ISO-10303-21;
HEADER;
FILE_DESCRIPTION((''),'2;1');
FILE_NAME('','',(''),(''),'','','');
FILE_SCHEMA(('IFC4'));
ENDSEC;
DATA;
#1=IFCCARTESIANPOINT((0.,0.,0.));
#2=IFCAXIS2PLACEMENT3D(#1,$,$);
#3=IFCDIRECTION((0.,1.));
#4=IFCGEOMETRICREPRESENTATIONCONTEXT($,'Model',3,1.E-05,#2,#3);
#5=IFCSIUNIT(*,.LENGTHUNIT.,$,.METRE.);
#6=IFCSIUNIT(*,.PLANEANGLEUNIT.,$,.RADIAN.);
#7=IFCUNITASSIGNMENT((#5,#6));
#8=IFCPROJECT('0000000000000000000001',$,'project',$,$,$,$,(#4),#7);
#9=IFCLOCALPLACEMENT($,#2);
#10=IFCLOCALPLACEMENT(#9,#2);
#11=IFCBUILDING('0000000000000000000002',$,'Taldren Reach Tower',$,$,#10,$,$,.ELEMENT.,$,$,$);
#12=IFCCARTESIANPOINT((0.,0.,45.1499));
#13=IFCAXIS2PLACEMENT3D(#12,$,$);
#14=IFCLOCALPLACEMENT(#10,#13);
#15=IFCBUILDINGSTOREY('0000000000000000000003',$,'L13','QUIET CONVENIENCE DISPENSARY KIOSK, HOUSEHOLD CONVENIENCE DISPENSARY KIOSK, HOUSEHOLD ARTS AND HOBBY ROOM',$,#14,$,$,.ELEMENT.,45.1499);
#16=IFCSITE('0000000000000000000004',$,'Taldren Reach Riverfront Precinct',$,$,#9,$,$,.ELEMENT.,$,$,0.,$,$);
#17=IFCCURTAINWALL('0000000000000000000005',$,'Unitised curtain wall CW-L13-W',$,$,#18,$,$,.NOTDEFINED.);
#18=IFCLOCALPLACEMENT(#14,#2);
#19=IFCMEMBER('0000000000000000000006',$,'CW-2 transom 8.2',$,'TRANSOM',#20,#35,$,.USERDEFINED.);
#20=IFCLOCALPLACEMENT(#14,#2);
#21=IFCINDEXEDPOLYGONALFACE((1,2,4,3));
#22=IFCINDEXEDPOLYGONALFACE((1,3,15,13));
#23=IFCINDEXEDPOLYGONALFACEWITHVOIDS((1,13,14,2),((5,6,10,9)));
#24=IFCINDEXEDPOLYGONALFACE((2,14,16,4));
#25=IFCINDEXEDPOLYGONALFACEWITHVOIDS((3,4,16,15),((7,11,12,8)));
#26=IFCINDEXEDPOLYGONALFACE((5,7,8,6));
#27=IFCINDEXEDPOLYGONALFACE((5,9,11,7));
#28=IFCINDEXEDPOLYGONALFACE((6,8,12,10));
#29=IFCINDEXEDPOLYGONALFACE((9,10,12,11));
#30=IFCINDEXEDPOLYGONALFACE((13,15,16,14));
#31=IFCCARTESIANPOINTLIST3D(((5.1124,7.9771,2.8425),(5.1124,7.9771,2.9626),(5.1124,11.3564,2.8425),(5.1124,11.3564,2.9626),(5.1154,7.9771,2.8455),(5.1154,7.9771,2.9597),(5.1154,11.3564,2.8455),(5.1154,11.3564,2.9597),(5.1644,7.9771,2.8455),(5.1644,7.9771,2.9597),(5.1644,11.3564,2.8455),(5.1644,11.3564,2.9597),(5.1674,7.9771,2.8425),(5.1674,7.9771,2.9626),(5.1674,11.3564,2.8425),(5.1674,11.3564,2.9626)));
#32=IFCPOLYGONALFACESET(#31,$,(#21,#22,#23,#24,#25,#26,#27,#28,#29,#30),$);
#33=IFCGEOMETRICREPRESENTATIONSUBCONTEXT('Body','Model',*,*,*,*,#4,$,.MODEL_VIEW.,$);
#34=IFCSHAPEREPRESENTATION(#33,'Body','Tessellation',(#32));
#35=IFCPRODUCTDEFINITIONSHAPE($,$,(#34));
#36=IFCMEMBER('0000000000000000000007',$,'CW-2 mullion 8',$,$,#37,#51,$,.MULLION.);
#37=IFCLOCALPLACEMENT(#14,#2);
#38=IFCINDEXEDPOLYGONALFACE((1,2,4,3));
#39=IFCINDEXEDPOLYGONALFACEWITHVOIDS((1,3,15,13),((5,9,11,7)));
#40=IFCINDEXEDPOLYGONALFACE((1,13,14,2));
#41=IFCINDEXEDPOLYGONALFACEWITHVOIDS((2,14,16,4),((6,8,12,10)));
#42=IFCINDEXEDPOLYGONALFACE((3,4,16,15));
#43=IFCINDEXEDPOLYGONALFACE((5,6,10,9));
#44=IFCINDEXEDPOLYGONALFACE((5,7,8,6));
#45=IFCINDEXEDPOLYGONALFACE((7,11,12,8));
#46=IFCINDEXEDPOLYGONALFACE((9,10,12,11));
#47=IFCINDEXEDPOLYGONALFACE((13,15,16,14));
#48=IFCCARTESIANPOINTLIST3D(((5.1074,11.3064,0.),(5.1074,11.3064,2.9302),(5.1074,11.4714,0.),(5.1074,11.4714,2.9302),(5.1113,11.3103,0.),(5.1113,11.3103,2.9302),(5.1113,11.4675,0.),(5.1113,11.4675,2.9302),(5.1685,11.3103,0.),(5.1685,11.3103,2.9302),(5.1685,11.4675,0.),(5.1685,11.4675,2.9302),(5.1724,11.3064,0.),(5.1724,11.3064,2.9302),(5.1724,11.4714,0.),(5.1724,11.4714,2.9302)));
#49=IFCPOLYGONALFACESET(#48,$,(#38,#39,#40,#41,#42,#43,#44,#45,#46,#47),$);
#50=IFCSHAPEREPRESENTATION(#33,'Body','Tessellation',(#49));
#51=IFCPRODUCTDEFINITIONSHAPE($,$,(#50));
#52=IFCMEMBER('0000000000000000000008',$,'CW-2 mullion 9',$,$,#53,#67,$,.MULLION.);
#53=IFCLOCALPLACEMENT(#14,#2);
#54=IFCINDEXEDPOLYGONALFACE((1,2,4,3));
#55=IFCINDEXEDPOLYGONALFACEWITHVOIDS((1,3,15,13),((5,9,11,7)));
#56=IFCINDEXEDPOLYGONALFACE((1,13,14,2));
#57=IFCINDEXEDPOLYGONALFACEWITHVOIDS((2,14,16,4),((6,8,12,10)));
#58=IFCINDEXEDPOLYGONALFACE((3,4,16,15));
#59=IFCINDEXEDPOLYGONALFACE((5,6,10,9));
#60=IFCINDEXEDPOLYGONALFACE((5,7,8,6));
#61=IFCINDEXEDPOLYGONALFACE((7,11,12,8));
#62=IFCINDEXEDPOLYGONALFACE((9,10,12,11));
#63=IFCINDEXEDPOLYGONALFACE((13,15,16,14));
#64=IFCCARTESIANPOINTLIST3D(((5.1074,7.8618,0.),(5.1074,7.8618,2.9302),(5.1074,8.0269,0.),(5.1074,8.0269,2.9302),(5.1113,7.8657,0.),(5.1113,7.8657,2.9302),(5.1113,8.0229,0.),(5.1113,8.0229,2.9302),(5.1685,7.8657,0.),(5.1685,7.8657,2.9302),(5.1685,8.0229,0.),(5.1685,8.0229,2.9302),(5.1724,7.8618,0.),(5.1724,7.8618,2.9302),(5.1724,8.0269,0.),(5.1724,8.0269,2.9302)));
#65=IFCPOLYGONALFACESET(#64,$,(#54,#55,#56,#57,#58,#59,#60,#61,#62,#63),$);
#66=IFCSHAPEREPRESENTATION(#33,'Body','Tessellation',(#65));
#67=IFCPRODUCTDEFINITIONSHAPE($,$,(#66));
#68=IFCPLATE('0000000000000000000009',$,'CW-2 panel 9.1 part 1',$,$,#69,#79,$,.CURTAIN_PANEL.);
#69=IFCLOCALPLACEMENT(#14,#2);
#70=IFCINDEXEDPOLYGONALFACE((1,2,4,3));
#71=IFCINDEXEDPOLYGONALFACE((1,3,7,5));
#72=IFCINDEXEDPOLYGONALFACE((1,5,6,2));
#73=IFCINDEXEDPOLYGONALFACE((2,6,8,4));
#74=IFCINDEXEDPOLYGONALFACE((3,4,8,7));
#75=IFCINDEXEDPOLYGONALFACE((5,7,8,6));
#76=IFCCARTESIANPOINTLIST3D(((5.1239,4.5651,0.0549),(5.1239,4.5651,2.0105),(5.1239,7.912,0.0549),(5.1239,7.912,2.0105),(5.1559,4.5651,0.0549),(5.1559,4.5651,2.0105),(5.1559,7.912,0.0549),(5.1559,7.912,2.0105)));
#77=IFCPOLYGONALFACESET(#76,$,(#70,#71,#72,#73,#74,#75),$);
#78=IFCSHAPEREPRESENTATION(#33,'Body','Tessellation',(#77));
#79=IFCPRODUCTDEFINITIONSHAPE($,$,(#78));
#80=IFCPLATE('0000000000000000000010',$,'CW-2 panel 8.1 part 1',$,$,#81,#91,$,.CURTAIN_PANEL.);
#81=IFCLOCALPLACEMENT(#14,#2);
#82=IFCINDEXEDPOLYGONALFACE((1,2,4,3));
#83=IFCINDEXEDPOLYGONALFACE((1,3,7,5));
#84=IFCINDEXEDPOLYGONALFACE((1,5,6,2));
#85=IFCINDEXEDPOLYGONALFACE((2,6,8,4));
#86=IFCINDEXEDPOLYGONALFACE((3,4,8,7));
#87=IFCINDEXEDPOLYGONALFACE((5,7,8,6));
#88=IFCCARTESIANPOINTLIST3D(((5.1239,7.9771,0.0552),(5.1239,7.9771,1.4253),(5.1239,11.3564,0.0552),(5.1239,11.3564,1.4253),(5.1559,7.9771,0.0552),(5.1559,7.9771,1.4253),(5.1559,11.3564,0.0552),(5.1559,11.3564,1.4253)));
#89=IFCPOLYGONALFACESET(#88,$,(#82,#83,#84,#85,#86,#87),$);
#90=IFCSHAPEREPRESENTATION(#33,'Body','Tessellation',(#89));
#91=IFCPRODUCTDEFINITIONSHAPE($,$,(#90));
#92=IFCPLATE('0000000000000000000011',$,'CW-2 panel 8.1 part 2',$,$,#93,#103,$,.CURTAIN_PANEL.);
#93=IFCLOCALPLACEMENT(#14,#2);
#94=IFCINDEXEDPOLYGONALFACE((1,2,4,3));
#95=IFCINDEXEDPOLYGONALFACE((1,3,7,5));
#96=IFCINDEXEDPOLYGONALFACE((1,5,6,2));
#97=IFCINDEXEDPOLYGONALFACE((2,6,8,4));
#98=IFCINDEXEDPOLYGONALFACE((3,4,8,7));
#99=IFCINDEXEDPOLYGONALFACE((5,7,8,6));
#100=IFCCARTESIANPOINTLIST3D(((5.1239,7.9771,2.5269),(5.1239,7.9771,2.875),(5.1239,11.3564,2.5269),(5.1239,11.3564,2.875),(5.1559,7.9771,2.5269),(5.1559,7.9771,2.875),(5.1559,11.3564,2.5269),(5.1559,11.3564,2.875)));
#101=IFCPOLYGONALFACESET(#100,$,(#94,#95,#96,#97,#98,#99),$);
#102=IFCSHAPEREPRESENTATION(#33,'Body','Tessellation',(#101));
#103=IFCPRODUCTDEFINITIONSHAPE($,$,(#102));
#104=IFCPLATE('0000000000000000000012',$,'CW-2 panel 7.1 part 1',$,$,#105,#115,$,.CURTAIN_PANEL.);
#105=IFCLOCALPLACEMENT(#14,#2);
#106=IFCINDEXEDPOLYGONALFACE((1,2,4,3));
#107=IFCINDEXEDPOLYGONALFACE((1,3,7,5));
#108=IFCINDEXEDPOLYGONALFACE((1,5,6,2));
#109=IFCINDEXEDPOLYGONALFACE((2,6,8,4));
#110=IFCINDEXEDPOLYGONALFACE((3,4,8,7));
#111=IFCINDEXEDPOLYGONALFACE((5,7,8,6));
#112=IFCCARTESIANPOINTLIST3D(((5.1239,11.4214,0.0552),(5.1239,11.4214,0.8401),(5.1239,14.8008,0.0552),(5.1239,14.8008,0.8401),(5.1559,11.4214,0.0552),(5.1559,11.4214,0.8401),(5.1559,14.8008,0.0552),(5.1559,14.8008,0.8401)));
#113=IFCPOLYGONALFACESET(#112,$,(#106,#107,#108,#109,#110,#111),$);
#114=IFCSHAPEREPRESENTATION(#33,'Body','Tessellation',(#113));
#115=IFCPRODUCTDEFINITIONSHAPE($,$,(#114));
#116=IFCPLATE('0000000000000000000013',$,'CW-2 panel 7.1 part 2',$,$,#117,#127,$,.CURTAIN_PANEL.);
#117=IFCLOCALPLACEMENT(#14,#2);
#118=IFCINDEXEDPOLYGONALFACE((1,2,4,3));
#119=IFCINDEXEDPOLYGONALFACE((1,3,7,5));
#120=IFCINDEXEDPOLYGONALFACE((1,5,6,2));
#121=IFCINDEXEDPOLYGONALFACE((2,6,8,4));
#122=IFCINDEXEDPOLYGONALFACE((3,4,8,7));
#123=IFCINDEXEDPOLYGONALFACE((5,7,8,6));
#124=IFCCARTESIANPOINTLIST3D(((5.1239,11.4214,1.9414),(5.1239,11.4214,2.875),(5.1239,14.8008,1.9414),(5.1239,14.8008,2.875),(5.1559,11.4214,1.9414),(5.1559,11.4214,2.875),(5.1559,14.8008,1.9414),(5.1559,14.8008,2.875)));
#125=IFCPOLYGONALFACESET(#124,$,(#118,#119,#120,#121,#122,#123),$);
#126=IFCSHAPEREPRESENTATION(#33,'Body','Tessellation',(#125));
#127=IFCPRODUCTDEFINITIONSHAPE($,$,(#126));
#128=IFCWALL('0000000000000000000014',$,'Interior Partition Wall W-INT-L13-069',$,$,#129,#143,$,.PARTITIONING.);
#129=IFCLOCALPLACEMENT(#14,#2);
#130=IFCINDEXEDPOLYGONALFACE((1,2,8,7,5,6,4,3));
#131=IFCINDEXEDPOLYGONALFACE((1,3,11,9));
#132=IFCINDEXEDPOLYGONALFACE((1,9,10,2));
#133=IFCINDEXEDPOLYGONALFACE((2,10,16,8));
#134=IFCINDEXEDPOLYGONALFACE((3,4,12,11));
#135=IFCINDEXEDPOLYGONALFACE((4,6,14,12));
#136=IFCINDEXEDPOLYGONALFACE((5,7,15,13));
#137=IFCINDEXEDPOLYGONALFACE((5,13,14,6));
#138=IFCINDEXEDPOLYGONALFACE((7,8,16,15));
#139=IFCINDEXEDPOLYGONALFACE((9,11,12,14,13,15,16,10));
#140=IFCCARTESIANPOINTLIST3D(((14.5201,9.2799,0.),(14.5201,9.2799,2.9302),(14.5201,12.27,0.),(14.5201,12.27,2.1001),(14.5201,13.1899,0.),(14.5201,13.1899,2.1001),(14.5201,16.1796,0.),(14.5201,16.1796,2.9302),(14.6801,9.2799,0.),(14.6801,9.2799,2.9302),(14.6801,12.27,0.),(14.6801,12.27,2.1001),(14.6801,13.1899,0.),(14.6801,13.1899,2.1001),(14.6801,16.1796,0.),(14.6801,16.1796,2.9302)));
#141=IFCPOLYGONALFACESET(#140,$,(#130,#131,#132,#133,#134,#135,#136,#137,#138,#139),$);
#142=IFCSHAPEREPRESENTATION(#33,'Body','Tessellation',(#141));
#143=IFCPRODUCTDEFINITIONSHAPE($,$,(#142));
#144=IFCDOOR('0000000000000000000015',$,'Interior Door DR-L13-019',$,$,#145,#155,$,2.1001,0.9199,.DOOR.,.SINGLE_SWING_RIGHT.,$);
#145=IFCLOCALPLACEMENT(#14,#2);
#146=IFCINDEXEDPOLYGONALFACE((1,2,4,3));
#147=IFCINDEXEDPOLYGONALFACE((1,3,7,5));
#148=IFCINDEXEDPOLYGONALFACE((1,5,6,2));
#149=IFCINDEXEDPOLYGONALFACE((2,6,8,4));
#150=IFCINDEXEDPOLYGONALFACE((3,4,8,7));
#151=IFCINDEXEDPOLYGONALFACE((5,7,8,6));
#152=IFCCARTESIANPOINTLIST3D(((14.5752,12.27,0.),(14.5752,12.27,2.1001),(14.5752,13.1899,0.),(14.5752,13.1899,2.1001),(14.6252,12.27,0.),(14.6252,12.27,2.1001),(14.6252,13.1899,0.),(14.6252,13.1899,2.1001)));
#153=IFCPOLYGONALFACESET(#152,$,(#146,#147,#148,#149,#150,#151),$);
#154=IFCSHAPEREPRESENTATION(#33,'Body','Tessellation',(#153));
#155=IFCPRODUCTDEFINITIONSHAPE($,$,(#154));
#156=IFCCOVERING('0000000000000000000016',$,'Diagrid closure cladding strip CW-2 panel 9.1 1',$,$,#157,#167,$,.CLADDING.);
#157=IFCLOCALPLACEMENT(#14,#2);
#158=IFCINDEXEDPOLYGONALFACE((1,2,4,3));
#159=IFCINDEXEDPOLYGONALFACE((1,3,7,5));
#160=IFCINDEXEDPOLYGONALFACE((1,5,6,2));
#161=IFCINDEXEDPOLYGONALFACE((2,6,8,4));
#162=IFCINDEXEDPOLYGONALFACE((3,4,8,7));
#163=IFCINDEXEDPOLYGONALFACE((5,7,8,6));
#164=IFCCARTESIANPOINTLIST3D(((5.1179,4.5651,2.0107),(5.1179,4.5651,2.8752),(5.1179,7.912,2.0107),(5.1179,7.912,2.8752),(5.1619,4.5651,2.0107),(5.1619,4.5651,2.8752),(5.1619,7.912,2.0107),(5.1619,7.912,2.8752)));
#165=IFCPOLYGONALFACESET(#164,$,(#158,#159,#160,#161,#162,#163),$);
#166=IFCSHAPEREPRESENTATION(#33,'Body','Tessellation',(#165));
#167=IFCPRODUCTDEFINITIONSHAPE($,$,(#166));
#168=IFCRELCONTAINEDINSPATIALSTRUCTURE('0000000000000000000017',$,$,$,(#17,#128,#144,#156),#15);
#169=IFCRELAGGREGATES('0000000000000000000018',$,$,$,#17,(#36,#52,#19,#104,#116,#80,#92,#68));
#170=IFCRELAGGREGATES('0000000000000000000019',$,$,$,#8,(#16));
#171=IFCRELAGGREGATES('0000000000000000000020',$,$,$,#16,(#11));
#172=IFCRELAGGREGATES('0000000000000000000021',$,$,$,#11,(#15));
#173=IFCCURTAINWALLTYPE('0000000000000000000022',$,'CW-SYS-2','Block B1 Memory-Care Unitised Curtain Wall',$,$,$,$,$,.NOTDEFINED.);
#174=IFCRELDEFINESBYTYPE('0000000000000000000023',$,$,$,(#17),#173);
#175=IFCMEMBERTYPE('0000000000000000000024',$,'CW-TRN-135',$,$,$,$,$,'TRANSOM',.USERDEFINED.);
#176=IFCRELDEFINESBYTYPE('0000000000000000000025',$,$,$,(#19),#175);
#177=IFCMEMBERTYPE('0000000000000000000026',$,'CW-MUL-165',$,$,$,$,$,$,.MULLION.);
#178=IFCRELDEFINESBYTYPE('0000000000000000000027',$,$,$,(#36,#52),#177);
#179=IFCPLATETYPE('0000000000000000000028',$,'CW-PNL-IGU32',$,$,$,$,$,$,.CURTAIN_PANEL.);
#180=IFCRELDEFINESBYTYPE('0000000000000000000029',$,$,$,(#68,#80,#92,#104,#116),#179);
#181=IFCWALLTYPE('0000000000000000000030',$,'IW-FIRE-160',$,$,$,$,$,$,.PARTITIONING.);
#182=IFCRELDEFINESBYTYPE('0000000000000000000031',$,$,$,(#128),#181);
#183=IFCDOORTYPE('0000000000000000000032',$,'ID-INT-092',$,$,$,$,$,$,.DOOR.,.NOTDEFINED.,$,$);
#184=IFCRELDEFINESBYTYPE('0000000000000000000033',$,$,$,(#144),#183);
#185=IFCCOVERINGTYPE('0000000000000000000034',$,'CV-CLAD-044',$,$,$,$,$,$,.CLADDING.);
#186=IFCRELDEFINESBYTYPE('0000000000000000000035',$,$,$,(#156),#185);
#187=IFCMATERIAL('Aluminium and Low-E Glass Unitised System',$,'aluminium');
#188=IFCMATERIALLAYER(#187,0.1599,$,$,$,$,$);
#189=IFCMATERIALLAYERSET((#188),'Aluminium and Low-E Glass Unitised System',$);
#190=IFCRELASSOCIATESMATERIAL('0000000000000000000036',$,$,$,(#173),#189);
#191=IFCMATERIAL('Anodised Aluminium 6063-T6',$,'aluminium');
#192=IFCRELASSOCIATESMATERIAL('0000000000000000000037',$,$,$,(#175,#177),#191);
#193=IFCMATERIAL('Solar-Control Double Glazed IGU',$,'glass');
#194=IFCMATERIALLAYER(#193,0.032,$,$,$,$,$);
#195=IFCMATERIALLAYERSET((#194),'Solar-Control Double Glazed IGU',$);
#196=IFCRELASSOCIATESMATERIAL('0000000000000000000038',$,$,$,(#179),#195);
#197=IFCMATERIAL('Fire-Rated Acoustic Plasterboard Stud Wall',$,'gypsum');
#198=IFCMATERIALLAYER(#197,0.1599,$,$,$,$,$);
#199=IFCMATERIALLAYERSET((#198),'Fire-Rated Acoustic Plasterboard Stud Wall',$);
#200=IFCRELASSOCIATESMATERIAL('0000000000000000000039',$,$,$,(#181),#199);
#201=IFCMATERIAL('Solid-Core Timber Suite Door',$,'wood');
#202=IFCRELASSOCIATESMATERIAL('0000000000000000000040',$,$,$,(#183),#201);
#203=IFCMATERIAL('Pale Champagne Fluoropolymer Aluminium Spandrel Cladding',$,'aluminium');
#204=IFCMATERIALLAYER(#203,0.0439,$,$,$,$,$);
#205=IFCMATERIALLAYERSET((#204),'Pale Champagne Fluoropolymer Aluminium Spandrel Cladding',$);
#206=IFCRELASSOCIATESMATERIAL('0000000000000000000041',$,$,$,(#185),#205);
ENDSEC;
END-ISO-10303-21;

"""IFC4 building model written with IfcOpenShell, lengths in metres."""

from ifc_helpers import new_model, si_unit, direction, frame, frame_2d, origin, origin_2d, place, context, subcontext, project, spatial, rectangle, hollow_rectangle, extrude, source, transform, mapped, material, layer, layer_set, material_profile, profile_set, type_object, element, fill, aggregate, save


model = new_model("IFC4")

# Units and contexts
model_context = context("Model", 3, precision=1e-05, world=origin(), true_north=direction((0.0, 1.0)))
body_context = subcontext(model_context, "Body", "Model", "MODEL_VIEW")
ifc_project = project(units=[si_unit("LENGTHUNIT", "METRE"), si_unit("PLANEANGLEUNIT", "RADIAN")], contexts=[model_context])

# Site, building, storey
site_placement = place(None, origin())
site = spatial("IfcSite", under=ifc_project, at=site_placement, Name="Taldren Reach Riverfront Precinct", CompositionType="ELEMENT", RefElevation=0.0)
building_placement = place(site_placement, origin())
building = spatial("IfcBuilding", under=site, at=building_placement, Name="Taldren Reach Tower", CompositionType="ELEMENT")
storey_placement = place(building_placement, frame((0.0, 0.0, 45.1499)))
storey = spatial("IfcBuildingStorey", under=building, at=storey_placement, Name="L13", Description="QUIET CONVENIENCE DISPENSARY KIOSK, HOUSEHOLD CONVENIENCE DISPENSARY KIOSK, HOUSEHOLD ARTS AND HOBBY ROOM", CompositionType="ELEMENT", Elevation=45.1499)

# Curtain wall, members, plates
ifc_material_1 = material(Name="Aluminium and Low-E Glass Unitised System", Category="aluminium")
ifc_layer_1 = layer(ifc_material_1, 0.1599)
ifc_layer_set_1 = layer_set([ifc_layer_1], Name="Aluminium and Low-E Glass Unitised System")
curtain_wall_type = type_object("IfcCurtainWallType", Name="CW-SYS-2", Description="Block B1 Memory-Care Unitised Curtain Wall", PredefinedType="NOTDEFINED", material=ifc_layer_set_1)
curtain_wall_placement = place(storey_placement, origin())
curtain_wall = element("IfcCurtainWall", 1, at=curtain_wall_placement, inside=storey, type_object=curtain_wall_type, Name="Unitised curtain wall CW-L13-W", PredefinedType="NOTDEFINED")
ifc_material_2 = material(Name="Anodised Aluminium 6063-T6", Category="aluminium")
ifc_material_profile_1 = material_profile(ifc_material_2, hollow_rectangle(XDim=0.0549, YDim=0.1201, WallThickness=0.0029, at=origin_2d()), Name="ALU-120x55x3RHS")
ifc_profile_set_1 = profile_set([ifc_material_profile_1], Name="Anodised Aluminium 6063-T6")
member_type_1 = type_object("IfcMemberType", Name="CW-TRN-135", ElementType="TRANSOM", PredefinedType="USERDEFINED", material=ifc_profile_set_1)
shared_shape_1 = source(origin(), body_context, "Body", "SweptSolid", [
    extrude(hollow_rectangle(XDim=0.0549, YDim=0.1201, WallThickness=0.0029, at=origin_2d()), origin(), (0.0, 0.0, 1.0), 3.3794),
])
member_1_placement = place(storey_placement, frame((5.1399, 11.3564, 2.9026), z_axis=(0.0, -1.0, 0.0), x_axis=(1.0, 0.0, 0.0)))
member_1 = element("IfcMember", 2, at=member_1_placement, type_object=member_type_1, Name="CW-2 transom 8.2", ObjectType="TRANSOM", PredefinedType="USERDEFINED", context=body_context, shape_type="MappedRepresentation", body=[
    mapped(shared_shape_1, transform((0.0, 0.0, 0.0), scale=1.0)),
])
ifc_material_profile_2 = material_profile(ifc_material_2, hollow_rectangle(XDim=0.0649, YDim=0.165, WallThickness=0.0039, at=origin_2d()), Name="ALU-165x65x4RHS")
ifc_profile_set_2 = profile_set([ifc_material_profile_2], Name="Anodised Aluminium 6063-T6")
member_type_2 = type_object("IfcMemberType", Name="CW-MUL-165", PredefinedType="MULLION", material=ifc_profile_set_2)
shared_shape_2 = source(origin(), body_context, "Body", "SweptSolid", [
    extrude(hollow_rectangle(XDim=0.0649, YDim=0.165, WallThickness=0.0039, at=origin_2d()), origin(), (0.0, 0.0, 1.0), 2.9302),
])
member_2_placement = place(storey_placement, frame((5.1399, 11.3889, 0.0), z_axis=(0.0, 0.0, 1.0), x_axis=(1.0, 0.0, 0.0)))
member_2 = element("IfcMember", 3, at=member_2_placement, type_object=member_type_2, Name="CW-2 mullion 8", PredefinedType="MULLION", context=body_context, shape_type="MappedRepresentation", body=[
    mapped(shared_shape_2, transform((0.0, 0.0, 0.0), scale=1.0)),
])
member_3_placement = place(storey_placement, frame((5.1399, 7.9443, 0.0), z_axis=(0.0, 0.0, 1.0), x_axis=(1.0, 0.0, 0.0)))
member_3 = element("IfcMember", 4, at=member_3_placement, type_object=member_type_2, Name="CW-2 mullion 9", PredefinedType="MULLION", context=body_context, shape_type="MappedRepresentation", body=[
    mapped(shared_shape_2, transform((0.0, 0.0, 0.0), scale=1.0)),
])
ifc_material_3 = material(Name="Solar-Control Double Glazed IGU", Category="glass")
ifc_layer_2 = layer(ifc_material_3, 0.032)
ifc_layer_set_2 = layer_set([ifc_layer_2], Name="Solar-Control Double Glazed IGU")
plate_type = type_object("IfcPlateType", Name="CW-PNL-IGU32", PredefinedType="CURTAIN_PANEL", material=ifc_layer_set_2)
shared_shape_3 = source(origin(), body_context, "Body", "SweptSolid", [
    extrude(rectangle(XDim=3.3469, YDim=0.032, at=origin_2d()), origin(), (0.0, 0.0, 1.0), 1.9556),
])
plate_1_placement = place(storey_placement, frame((5.1399, 6.2385, 0.0549), z_axis=(0.0, 0.0, 1.0), x_axis=(0.0, -1.0, 0.0)))
plate_1 = element("IfcPlate", 5, at=plate_1_placement, type_object=plate_type, Name="CW-2 panel 9.1 part 1", PredefinedType="CURTAIN_PANEL", context=body_context, shape_type="MappedRepresentation", body=[
    mapped(shared_shape_3, transform((0.0, 0.0, 0.0), scale=1.0)),
])
shared_shape_4 = source(origin(), body_context, "Body", "SweptSolid", [
    extrude(rectangle(XDim=3.3794, YDim=0.032, at=origin_2d()), origin(), (0.0, 0.0, 1.0), 1.3701),
])
plate_2_placement = place(storey_placement, frame((5.1399, 9.6667, 0.0552), z_axis=(0.0, 0.0, 1.0), x_axis=(0.0, -1.0, 0.0)))
plate_2 = element("IfcPlate", 6, at=plate_2_placement, type_object=plate_type, Name="CW-2 panel 8.1 part 1", PredefinedType="CURTAIN_PANEL", context=body_context, shape_type="MappedRepresentation", body=[
    mapped(shared_shape_4, transform((0.0, 0.0, 0.0), scale=1.0)),
])
shared_shape_5 = source(origin(), body_context, "Body", "SweptSolid", [
    extrude(rectangle(XDim=3.3794, YDim=0.032, at=origin_2d()), origin(), (0.0, 0.0, 1.0), 0.3481),
])
plate_3_placement = place(storey_placement, frame((5.1399, 9.6667, 2.5269), z_axis=(0.0, 0.0, 1.0), x_axis=(0.0, -1.0, 0.0)))
plate_3 = element("IfcPlate", 7, at=plate_3_placement, type_object=plate_type, Name="CW-2 panel 8.1 part 2", PredefinedType="CURTAIN_PANEL", context=body_context, shape_type="MappedRepresentation", body=[
    mapped(shared_shape_5, transform((0.0, 0.0, 0.0), scale=1.0)),
])
shared_shape_6 = source(origin(), body_context, "Body", "SweptSolid", [
    extrude(rectangle(XDim=3.3794, YDim=0.032, at=origin_2d()), origin(), (0.0, 0.0, 1.0), 0.7849),
])
plate_4_placement = place(storey_placement, frame((5.1399, 13.1111, 0.0552), z_axis=(0.0, 0.0, 1.0), x_axis=(0.0, -1.0, 0.0)))
plate_4 = element("IfcPlate", 8, at=plate_4_placement, type_object=plate_type, Name="CW-2 panel 7.1 part 1", PredefinedType="CURTAIN_PANEL", context=body_context, shape_type="MappedRepresentation", body=[
    mapped(shared_shape_6, transform((0.0, 0.0, 0.0), scale=1.0)),
])
shared_shape_7 = source(origin(), body_context, "Body", "SweptSolid", [
    extrude(rectangle(XDim=3.3794, YDim=0.032, at=origin_2d()), origin(), (0.0, 0.0, 1.0), 0.9336),
])
plate_5_placement = place(storey_placement, frame((5.1399, 13.1111, 1.9414), z_axis=(0.0, 0.0, 1.0), x_axis=(0.0, -1.0, 0.0)))
plate_5 = element("IfcPlate", 9, at=plate_5_placement, type_object=plate_type, Name="CW-2 panel 7.1 part 2", PredefinedType="CURTAIN_PANEL", context=body_context, shape_type="MappedRepresentation", body=[
    mapped(shared_shape_7, transform((0.0, 0.0, 0.0), scale=1.0)),
])
aggregate(curtain_wall, [member_2, member_3, member_1, plate_4, plate_5, plate_2, plate_3, plate_1])

# Wall, opening, door
ifc_material_4 = material(Name="Fire-Rated Acoustic Plasterboard Stud Wall", Category="gypsum")
ifc_layer_3 = layer(ifc_material_4, 0.1599)
ifc_layer_set_3 = layer_set([ifc_layer_3], Name="Fire-Rated Acoustic Plasterboard Stud Wall")
wall_type = type_object("IfcWallType", Name="IW-FIRE-160", PredefinedType="PARTITIONING", material=ifc_layer_set_3)
shared_shape_8 = source(origin(), body_context, "Body", "SweptSolid", [
    extrude(rectangle(XDim=6.8997, YDim=0.1599, at=frame_2d((3.4497, 0.0))), origin(), (0.0, 0.0, 1.0), 2.9302),
])
wall_placement = place(storey_placement, frame((14.6001, 9.28, 0.0), z_axis=(0.0, 0.0, 1.0), x_axis=(0.0, 1.0, 0.0)))
wall = element("IfcWall", 10, at=wall_placement, inside=storey, type_object=wall_type, Name="Interior Partition Wall W-INT-L13-069", PredefinedType="PARTITIONING", context=body_context, shape_type="MappedRepresentation", body=[
    mapped(shared_shape_8, transform((0.0, 0.0, 0.0), scale=1.0)),
])
shared_shape_9 = source(origin(), body_context, "Body", "SweptSolid", [
    extrude(rectangle(XDim=0.9199, YDim=2.1001, at=frame_2d((0.46, 1.05))), frame((0.0, 0.0898, 0.0), z_axis=(0.0, -1.0, 0.0), x_axis=(1.0, 0.0, 0.0)), (0.0, 0.0, 1.0), 0.1799),
])
opening_placement = place(wall_placement, frame((2.99, 0.0, 0.0)))
opening = element("IfcOpeningElement", 11, at=opening_placement, cuts=wall, PredefinedType="OPENING", context=body_context, shape_type="MappedRepresentation", body=[
    mapped(shared_shape_9, transform((0.0, 0.0, 0.0), scale=1.0)),
])
ifc_material_5 = material(Name="Solid-Core Timber Suite Door", Category="wood")
door_type = type_object("IfcDoorType", Name="ID-INT-092", OperationType="NOTDEFINED", PredefinedType="DOOR", material=ifc_material_5)
shared_shape_10 = source(origin(), body_context, "Body", "SweptSolid", [
    extrude(rectangle(XDim=0.9199, YDim=2.1001, at=frame_2d((0.46, 1.05))), frame((0.0, 0.0249, 0.0), z_axis=(0.0, -1.0, 0.0), x_axis=(1.0, 0.0, 0.0)), (0.0, 0.0, 1.0), 0.05),
])
door_placement = place(opening_placement, origin())
door = element("IfcDoor", 12, at=door_placement, inside=storey, type_object=door_type, Name="Interior Door DR-L13-019", OperationType="SINGLE_SWING_RIGHT", OverallHeight=2.1001, OverallWidth=0.9199, PredefinedType="DOOR", context=body_context, shape_type="MappedRepresentation", body=[
    mapped(shared_shape_10, transform((0.0, 0.0, 0.0), scale=1.0)),
])
fill(opening, door)

# Covering
ifc_material_6 = material(Name="Pale Champagne Fluoropolymer Aluminium Spandrel Cladding", Category="aluminium")
ifc_layer_4 = layer(ifc_material_6, 0.0439)
ifc_layer_set_4 = layer_set([ifc_layer_4], Name="Pale Champagne Fluoropolymer Aluminium Spandrel Cladding")
covering_type = type_object("IfcCoveringType", Name="CV-CLAD-044", PredefinedType="CLADDING", material=ifc_layer_set_4)
shared_shape_11 = source(origin(), body_context, "Body", "SweptSolid", [
    extrude(rectangle(XDim=3.3469, YDim=0.0439, at=origin_2d()), origin(), (0.0, 0.0, 1.0), 0.8645),
])
covering_placement = place(storey_placement, frame((5.1399, 6.2385, 2.0107), z_axis=(0.0, 0.0, 1.0), x_axis=(0.0, -1.0, 0.0)))
element("IfcCovering", 13, at=covering_placement, inside=storey, type_object=covering_type, Name="Diagrid closure cladding strip CW-2 panel 9.1 1", PredefinedType="CLADDING", context=body_context, shape_type="MappedRepresentation", body=[
    mapped(shared_shape_11, transform((0.0, 0.0, 0.0), scale=1.0)),
])

save(model, "model.ifc")
